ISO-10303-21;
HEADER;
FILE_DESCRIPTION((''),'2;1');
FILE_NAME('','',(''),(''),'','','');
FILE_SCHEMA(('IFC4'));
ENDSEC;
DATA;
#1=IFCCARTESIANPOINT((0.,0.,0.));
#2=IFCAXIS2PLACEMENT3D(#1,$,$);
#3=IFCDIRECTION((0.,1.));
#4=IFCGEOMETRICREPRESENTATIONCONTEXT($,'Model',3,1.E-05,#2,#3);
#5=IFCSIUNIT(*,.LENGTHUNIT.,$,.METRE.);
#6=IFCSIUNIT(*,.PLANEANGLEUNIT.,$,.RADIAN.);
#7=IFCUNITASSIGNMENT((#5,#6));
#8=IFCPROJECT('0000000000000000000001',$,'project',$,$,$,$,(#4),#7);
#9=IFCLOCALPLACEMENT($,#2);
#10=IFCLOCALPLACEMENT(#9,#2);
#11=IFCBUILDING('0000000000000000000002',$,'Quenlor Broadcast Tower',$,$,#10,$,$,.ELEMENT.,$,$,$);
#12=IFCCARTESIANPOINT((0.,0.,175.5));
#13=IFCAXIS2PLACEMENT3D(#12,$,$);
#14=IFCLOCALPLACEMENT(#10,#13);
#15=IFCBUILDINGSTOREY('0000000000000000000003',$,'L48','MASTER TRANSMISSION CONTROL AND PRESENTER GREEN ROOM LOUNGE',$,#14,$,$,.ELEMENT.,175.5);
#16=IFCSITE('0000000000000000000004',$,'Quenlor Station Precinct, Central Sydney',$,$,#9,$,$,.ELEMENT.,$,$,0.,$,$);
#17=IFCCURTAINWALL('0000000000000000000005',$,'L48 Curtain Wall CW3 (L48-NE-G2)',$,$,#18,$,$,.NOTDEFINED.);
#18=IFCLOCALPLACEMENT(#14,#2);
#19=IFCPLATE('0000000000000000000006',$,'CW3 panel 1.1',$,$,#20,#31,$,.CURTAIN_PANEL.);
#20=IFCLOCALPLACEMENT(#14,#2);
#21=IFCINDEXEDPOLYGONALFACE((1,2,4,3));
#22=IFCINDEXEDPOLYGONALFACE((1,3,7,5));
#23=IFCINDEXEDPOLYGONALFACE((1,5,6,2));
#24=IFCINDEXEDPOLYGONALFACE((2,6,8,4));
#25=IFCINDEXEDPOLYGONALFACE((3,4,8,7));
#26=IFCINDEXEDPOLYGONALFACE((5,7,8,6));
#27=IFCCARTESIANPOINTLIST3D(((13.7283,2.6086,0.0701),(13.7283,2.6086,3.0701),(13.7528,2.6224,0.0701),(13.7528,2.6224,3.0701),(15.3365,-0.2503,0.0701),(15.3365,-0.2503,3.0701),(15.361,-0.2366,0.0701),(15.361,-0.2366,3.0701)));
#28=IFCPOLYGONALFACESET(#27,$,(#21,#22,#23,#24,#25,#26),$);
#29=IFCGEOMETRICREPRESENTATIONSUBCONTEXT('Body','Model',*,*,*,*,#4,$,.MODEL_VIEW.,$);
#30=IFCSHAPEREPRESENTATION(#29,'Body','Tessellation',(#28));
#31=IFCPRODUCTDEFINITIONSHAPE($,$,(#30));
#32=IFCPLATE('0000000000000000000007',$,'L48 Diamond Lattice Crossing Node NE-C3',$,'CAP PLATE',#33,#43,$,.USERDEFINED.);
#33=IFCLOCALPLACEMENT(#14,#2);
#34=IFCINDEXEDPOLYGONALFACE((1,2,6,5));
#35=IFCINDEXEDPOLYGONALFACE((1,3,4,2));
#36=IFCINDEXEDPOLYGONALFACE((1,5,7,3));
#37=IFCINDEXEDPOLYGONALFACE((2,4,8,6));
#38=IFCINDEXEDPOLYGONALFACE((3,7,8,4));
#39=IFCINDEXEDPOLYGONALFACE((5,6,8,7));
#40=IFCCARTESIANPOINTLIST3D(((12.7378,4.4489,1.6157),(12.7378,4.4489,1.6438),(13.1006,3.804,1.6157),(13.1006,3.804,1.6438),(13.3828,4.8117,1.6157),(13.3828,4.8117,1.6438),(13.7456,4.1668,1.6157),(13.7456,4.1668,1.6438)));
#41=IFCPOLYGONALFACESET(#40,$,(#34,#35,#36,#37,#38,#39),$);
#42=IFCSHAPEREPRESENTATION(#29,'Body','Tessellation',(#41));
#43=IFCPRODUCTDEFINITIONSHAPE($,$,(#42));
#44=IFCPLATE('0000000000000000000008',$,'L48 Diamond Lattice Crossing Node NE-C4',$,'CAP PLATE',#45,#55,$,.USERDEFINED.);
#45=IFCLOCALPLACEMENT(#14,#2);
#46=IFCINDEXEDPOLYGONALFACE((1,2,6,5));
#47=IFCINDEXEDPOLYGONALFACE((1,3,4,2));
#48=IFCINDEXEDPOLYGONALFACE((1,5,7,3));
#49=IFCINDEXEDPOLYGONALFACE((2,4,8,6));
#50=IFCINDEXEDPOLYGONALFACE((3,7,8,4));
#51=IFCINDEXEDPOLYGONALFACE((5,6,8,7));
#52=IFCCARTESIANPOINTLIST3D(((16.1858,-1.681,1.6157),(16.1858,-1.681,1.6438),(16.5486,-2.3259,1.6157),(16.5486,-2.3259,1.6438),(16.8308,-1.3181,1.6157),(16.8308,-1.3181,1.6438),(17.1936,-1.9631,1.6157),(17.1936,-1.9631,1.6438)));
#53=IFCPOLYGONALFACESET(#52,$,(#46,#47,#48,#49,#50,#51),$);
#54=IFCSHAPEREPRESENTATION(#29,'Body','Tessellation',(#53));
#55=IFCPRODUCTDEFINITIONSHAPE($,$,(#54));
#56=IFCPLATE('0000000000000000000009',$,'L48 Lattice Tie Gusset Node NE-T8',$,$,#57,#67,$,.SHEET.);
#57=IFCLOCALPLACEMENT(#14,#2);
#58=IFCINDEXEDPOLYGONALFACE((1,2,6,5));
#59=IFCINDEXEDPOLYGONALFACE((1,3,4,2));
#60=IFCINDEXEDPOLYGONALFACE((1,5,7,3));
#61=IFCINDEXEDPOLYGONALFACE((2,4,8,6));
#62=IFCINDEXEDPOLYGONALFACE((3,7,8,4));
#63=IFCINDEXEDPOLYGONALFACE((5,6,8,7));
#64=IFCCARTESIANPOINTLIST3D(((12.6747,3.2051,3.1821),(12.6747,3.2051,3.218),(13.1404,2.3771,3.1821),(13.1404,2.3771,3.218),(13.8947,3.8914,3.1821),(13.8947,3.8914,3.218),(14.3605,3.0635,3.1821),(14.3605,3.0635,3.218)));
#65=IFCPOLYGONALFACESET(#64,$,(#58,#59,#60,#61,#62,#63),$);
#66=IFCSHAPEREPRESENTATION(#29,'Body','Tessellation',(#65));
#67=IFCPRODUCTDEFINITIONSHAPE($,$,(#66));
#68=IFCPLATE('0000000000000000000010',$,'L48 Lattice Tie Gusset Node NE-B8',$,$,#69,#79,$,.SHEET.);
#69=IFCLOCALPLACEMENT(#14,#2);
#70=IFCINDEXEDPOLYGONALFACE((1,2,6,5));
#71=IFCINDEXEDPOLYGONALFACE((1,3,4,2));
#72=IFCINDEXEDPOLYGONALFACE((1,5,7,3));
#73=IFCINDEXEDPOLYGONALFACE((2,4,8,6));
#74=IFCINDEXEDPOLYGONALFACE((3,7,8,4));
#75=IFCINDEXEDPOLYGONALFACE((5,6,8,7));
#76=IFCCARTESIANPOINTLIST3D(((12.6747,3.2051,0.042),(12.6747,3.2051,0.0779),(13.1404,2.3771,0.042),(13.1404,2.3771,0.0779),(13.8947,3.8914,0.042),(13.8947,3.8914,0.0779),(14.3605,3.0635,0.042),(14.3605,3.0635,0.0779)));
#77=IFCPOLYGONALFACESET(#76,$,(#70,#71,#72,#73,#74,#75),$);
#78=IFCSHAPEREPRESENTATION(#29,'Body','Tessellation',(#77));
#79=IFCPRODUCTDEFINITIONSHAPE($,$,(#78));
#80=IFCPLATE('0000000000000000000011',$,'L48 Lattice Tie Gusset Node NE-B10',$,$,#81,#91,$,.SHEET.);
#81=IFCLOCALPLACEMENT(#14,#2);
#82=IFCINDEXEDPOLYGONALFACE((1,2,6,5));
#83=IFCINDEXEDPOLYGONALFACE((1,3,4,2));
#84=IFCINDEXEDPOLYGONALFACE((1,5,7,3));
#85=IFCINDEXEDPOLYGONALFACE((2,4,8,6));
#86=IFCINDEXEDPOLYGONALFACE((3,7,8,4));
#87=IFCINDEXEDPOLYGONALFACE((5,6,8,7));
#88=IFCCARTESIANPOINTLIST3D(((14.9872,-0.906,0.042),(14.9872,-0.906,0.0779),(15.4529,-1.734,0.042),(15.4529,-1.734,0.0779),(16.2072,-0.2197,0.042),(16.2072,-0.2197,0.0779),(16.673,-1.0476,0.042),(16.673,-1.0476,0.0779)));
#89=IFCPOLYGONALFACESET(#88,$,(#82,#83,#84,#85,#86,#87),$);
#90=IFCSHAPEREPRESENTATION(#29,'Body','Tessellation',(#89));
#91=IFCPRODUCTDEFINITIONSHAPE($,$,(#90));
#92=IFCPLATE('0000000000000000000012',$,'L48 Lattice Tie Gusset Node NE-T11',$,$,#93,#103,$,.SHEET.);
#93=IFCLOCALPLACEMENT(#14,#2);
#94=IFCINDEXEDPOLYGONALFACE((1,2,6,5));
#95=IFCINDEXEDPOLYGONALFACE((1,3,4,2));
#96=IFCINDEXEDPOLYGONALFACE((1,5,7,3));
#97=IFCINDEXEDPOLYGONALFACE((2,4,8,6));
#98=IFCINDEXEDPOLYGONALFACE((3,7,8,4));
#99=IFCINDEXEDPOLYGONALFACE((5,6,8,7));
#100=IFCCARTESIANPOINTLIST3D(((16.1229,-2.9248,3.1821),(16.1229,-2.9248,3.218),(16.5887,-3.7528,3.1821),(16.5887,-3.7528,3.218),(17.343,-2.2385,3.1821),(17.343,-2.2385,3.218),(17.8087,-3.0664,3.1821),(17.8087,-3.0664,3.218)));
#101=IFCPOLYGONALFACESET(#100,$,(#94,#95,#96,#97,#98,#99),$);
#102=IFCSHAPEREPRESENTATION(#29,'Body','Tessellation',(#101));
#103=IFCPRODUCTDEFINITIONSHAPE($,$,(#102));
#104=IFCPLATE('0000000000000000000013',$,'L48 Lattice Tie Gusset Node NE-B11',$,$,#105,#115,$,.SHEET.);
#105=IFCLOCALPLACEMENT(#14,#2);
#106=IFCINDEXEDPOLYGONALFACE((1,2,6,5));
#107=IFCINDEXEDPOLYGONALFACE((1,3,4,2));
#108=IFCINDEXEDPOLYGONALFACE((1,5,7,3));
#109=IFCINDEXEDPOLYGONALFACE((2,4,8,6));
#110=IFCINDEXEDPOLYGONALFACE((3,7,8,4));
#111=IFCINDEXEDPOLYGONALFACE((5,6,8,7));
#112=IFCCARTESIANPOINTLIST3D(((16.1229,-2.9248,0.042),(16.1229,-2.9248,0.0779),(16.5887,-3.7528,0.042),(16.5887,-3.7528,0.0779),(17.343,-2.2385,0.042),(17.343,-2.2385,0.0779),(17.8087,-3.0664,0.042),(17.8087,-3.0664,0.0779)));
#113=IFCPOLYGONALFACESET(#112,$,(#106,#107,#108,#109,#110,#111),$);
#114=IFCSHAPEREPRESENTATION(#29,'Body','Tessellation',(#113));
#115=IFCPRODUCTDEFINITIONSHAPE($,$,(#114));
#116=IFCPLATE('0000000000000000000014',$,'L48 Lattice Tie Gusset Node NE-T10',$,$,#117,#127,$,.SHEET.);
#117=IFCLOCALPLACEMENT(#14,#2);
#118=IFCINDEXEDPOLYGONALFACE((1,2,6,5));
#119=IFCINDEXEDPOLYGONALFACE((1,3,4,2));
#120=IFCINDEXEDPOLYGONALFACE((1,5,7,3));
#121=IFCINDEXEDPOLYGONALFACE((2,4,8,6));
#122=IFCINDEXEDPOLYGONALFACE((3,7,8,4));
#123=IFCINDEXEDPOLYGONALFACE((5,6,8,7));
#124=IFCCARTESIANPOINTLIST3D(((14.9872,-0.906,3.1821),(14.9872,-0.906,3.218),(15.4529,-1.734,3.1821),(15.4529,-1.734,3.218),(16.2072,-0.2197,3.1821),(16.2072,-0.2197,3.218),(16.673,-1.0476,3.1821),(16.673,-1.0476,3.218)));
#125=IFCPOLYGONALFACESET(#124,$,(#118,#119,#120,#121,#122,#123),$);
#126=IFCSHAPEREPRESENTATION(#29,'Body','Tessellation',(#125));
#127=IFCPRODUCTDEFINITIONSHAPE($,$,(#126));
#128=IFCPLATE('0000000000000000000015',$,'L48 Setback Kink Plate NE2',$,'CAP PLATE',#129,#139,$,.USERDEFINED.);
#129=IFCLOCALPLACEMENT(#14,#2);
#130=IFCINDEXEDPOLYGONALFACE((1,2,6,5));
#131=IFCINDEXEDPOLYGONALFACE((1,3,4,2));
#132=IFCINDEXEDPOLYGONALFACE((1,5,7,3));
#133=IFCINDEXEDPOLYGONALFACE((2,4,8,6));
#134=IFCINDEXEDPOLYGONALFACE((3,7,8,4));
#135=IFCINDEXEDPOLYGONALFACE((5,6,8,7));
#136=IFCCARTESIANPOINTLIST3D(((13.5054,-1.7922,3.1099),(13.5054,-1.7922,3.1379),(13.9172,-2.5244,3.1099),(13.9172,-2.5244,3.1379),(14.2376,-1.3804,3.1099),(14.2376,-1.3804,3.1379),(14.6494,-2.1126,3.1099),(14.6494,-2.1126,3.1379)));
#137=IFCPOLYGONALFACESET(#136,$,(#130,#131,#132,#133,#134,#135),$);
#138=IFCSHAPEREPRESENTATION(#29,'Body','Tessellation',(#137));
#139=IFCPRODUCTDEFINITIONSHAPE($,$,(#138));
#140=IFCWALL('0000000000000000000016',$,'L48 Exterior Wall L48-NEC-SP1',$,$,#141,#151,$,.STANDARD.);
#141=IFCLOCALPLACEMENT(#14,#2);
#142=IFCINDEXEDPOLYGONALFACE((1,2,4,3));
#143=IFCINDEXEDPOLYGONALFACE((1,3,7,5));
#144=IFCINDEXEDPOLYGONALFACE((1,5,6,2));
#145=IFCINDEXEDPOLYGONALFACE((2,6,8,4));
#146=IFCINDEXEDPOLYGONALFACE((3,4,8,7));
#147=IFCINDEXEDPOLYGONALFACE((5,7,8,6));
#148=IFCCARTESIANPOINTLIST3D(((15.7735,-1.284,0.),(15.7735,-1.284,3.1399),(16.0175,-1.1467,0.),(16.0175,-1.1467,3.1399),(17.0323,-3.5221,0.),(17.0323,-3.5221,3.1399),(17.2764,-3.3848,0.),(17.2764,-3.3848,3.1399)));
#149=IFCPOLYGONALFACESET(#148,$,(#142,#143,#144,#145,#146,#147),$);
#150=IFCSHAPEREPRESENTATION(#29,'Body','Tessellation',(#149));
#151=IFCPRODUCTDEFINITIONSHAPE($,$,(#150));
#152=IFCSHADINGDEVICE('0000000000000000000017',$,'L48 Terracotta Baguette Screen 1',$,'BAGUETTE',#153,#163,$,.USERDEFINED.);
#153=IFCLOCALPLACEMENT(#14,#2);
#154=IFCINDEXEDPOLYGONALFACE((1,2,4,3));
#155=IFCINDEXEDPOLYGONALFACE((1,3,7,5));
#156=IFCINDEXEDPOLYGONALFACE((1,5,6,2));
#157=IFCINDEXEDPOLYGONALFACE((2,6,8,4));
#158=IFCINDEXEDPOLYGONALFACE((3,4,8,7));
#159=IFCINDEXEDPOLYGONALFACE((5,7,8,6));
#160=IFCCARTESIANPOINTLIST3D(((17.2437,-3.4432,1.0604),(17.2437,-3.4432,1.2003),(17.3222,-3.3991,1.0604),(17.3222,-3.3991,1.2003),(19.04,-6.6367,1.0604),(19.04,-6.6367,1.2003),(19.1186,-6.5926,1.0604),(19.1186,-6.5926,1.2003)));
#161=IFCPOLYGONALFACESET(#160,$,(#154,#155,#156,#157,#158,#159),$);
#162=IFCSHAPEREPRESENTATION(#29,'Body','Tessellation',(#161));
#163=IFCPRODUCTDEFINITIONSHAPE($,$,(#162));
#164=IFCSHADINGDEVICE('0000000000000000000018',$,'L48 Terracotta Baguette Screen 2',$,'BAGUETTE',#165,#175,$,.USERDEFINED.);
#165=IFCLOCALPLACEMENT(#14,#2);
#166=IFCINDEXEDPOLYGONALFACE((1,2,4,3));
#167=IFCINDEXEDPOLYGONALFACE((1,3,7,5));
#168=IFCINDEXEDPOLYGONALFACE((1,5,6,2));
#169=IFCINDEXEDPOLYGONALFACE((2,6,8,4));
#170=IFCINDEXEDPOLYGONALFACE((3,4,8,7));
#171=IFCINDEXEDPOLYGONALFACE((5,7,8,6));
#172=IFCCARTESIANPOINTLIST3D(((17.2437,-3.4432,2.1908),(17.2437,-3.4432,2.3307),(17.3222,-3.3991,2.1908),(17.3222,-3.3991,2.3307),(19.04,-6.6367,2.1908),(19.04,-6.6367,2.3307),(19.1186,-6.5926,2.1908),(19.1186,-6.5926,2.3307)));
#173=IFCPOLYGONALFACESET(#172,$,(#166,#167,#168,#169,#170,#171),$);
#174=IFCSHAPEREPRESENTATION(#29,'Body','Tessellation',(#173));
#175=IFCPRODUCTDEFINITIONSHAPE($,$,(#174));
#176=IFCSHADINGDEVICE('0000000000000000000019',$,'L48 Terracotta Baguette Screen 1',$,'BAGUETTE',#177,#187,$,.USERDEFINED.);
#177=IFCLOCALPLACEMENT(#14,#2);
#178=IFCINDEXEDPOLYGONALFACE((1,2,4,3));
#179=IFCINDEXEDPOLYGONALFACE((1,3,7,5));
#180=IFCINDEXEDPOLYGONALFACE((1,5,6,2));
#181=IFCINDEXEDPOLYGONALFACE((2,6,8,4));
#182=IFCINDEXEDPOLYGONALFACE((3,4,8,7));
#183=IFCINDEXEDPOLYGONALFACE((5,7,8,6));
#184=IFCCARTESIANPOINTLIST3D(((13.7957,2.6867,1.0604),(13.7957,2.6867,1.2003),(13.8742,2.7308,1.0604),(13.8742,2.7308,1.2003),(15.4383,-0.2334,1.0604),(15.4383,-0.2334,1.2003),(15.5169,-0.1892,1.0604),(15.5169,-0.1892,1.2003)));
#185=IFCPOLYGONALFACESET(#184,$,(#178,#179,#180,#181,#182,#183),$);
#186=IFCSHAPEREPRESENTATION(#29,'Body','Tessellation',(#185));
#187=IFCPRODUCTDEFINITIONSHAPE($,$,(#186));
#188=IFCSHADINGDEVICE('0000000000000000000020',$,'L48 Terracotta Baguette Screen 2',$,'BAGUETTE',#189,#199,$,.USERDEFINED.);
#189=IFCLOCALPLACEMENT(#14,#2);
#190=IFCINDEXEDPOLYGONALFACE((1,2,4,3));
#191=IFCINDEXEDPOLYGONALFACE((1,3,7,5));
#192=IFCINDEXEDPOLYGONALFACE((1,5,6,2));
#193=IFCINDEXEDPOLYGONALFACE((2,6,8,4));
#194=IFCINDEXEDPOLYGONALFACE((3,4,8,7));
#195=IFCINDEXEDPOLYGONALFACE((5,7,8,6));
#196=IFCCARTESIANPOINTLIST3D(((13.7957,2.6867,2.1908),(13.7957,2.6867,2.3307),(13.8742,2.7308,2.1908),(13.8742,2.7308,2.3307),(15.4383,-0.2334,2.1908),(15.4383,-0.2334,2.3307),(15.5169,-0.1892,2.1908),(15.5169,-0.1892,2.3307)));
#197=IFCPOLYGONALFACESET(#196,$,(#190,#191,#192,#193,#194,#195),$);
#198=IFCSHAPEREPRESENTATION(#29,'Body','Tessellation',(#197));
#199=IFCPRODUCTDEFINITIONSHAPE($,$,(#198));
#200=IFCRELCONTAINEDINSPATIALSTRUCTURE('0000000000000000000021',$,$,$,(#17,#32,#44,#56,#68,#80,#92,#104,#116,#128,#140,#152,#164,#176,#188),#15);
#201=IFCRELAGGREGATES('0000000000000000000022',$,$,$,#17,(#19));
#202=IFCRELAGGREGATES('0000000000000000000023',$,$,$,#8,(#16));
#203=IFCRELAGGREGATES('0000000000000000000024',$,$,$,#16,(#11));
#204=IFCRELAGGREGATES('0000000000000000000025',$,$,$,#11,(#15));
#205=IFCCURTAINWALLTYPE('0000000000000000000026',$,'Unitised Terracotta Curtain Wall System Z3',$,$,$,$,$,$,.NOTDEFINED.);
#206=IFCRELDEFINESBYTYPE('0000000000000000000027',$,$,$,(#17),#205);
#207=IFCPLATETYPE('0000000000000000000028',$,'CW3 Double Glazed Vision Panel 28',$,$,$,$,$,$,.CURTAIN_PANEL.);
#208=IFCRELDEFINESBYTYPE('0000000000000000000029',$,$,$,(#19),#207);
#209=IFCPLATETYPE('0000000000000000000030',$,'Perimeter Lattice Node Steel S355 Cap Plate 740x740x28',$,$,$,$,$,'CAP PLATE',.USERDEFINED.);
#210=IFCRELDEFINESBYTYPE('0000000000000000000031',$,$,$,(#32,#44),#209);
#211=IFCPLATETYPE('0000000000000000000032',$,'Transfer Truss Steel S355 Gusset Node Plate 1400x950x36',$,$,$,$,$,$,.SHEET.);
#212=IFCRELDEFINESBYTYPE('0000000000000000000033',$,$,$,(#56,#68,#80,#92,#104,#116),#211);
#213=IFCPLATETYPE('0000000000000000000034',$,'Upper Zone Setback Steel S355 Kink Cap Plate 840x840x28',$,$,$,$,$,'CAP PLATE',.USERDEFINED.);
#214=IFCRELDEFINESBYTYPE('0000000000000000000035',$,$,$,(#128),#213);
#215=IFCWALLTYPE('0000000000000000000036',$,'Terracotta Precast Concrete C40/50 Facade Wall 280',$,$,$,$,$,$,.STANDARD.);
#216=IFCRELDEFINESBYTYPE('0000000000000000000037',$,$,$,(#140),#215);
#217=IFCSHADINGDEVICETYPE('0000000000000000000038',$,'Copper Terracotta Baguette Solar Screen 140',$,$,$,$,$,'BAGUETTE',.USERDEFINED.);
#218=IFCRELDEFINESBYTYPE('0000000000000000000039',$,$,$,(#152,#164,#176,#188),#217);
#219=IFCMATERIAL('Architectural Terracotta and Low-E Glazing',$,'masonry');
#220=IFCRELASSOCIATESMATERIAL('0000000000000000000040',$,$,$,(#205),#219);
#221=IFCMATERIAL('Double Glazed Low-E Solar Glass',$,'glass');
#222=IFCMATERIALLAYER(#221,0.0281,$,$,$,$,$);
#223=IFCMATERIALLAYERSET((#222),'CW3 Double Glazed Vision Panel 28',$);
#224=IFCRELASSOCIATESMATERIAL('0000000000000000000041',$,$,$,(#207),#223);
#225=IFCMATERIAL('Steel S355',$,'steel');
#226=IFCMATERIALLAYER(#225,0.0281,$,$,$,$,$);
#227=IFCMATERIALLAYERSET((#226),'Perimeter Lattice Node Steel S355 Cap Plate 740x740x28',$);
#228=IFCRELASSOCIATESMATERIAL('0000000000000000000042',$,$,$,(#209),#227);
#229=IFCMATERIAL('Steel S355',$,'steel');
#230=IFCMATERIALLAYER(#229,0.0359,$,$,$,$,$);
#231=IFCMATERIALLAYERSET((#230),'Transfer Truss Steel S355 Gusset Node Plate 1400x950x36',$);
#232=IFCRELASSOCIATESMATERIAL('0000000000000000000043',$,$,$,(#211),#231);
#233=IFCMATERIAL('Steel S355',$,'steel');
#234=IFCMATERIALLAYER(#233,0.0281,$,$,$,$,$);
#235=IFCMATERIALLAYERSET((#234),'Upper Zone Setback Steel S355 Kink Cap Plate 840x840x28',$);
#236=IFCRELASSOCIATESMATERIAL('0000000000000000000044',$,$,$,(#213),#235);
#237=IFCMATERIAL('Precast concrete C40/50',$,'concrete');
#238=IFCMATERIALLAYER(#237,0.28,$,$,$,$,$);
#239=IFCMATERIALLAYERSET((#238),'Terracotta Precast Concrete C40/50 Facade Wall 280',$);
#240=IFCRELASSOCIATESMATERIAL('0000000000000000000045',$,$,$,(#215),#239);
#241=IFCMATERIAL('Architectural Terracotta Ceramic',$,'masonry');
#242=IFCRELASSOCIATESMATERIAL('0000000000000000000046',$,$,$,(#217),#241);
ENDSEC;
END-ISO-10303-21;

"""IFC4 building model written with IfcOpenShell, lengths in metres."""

from ifc_helpers import new_model, si_unit, direction, frame, frame_2d, origin, origin_2d, place, context, subcontext, project, spatial, rectangle, extrude, material, layer, layer_set, material_profile, profile_set, type_object, element, aggregate, save


model = new_model("IFC4")

# Units and contexts
model_context = context("Model", 3, precision=1e-05, world=origin(), true_north=direction((0.0, 1.0)))
body_context = subcontext(model_context, "Body", "Model", "MODEL_VIEW")
ifc_project = project(units=[si_unit("LENGTHUNIT", "METRE"), si_unit("PLANEANGLEUNIT", "RADIAN")], contexts=[model_context])

# Site, building, storey
site_placement = place(None, origin())
site = spatial("IfcSite", under=ifc_project, at=site_placement, Name="Quenlor Station Precinct, Central Sydney", CompositionType="ELEMENT", RefElevation=0.0)
building_placement = place(site_placement, origin())
building = spatial("IfcBuilding", under=site, at=building_placement, Name="Quenlor Broadcast Tower", CompositionType="ELEMENT")
storey_placement = place(building_placement, frame((0.0, 0.0, 175.5)))
storey = spatial("IfcBuildingStorey", under=building, at=storey_placement, Name="L48", Description="MASTER TRANSMISSION CONTROL AND PRESENTER GREEN ROOM LOUNGE", CompositionType="ELEMENT", Elevation=175.5)

# Curtain wall
ifc_material_1 = material(Name="Architectural Terracotta and Low-E Glazing", Category="masonry")
curtain_wall_type = type_object("IfcCurtainWallType", Name="Unitised Terracotta Curtain Wall System Z3", PredefinedType="NOTDEFINED", material=ifc_material_1)
curtain_wall_placement = place(storey_placement, origin())
curtain_wall = element("IfcCurtainWall", 1, at=curtain_wall_placement, inside=storey, type_object=curtain_wall_type, Name="L48 Curtain Wall CW3 (L48-NE-G2)", PredefinedType="NOTDEFINED")

# Plate
ifc_material_2 = material(Name="Double Glazed Low-E Solar Glass", Category="glass")
ifc_layer_1 = layer(ifc_material_2, 0.0281)
ifc_layer_set_1 = layer_set([ifc_layer_1], Name="CW3 Double Glazed Vision Panel 28")
plate_type_1 = type_object("IfcPlateType", Name="CW3 Double Glazed Vision Panel 28", PredefinedType="CURTAIN_PANEL", material=ifc_layer_set_1)
plate_1_placement = place(storey_placement, frame((14.5447, 1.186, 0.0701), z_axis=(0.0, 0.0, 1.0), x_axis=(0.490268, -0.871572, 0.0)))
plate_1 = element("IfcPlate", 2, at=plate_1_placement, type_object=plate_type_1, Name="CW3 panel 1.1", PredefinedType="CURTAIN_PANEL", context=body_context, shape_type="SweptSolid", body=[
    extrude(rectangle(XDim=3.2803, YDim=0.0281, at=origin_2d()), origin(), (0.0, 0.0, 1.0), 3.0),
])
aggregate(curtain_wall, [plate_1])

# Plates
ifc_material_3 = material(Name="Steel S355", Category="steel")
ifc_layer_2 = layer(ifc_material_3, 0.0281)
ifc_layer_set_2 = layer_set([ifc_layer_2], Name="Perimeter Lattice Node Steel S355 Cap Plate 740x740x28")
plate_type_2 = type_object("IfcPlateType", Name="Perimeter Lattice Node Steel S355 Cap Plate 740x740x28", ElementType="CAP PLATE", PredefinedType="USERDEFINED", material=ifc_layer_set_2)
for number, where, z_axis, x_axis, name in (
    (3, (13.2417, 4.3079, 1.6157), (0.0, 0.0, 1.0), (0.490295, -0.871556, 0.0), "L48 Diamond Lattice Crossing Node NE-C3"),
    (4, (16.6897, -1.822, 1.6157), (0.0, 0.0, 1.0), (0.490295, -0.871556, 0.0), "L48 Diamond Lattice Crossing Node NE-C4"),
):
    element("IfcPlate", number, at=place(storey_placement, frame(where, z_axis=z_axis, x_axis=x_axis)), inside=storey, type_object=plate_type_2, Name=name, ObjectType="CAP PLATE", PredefinedType="USERDEFINED", context=body_context, shape_type="SweptSolid", body=[
        extrude(rectangle(XDim=0.74, YDim=0.74, at=origin_2d()), origin(), (0.0, 0.0, 1.0), 0.0281),
    ])
ifc_material_4 = material(Name="Steel S355", Category="steel")
ifc_layer_3 = layer(ifc_material_4, 0.0359)
ifc_layer_set_3 = layer_set([ifc_layer_3], Name="Transfer Truss Steel S355 Gusset Node Plate 1400x950x36")
plate_type_3 = type_object("IfcPlateType", Name="Transfer Truss Steel S355 Gusset Node Plate 1400x950x36", PredefinedType="SHEET", material=ifc_layer_set_3)
for number, where, z_axis, x_axis, name in (
    (5, (13.5176, 3.1343, 3.1821), (0.0, 0.0, 1.0), (0.871556, 0.490295, 0.0), "L48 Lattice Tie Gusset Node NE-T8"),
    (6, (13.5176, 3.1343, 0.042), (0.0, 0.0, 1.0), (0.871556, 0.490295, 0.0), "L48 Lattice Tie Gusset Node NE-B8"),
    (7, (15.8301, -0.9768, 0.042), (0.0, 0.0, 1.0), (0.871556, 0.490295, 0.0), "L48 Lattice Tie Gusset Node NE-B10"),
    (8, (16.9658, -2.9956, 3.1821), (0.0, 0.0, 1.0), (0.871556, 0.490295, 0.0), "L48 Lattice Tie Gusset Node NE-T11"),
    (9, (16.9658, -2.9956, 0.042), (0.0, 0.0, 1.0), (0.871556, 0.490295, 0.0), "L48 Lattice Tie Gusset Node NE-B11"),
    (10, (15.8301, -0.9768, 3.1821), (0.0, 0.0, 1.0), (0.871556, 0.490295, 0.0), "L48 Lattice Tie Gusset Node NE-T10"),
):
    element("IfcPlate", number, at=place(storey_placement, frame(where, z_axis=z_axis, x_axis=x_axis)), inside=storey, type_object=plate_type_3, Name=name, PredefinedType="SHEET", context=body_context, shape_type="SweptSolid", body=[
        extrude(rectangle(XDim=1.3999, YDim=0.95, at=origin_2d()), origin(), (0.0, 0.0, 1.0), 0.0359),
    ])
ifc_material_5 = material(Name="Steel S355", Category="steel")
ifc_layer_4 = layer(ifc_material_5, 0.0281)
ifc_layer_set_4 = layer_set([ifc_layer_4], Name="Upper Zone Setback Steel S355 Kink Cap Plate 840x840x28")
plate_type_4 = type_object("IfcPlateType", Name="Upper Zone Setback Steel S355 Kink Cap Plate 840x840x28", ElementType="CAP PLATE", PredefinedType="USERDEFINED", material=ifc_layer_set_4)
plate_2_placement = place(storey_placement, frame((14.0774, -1.9524, 3.1099), z_axis=(0.0, 0.0, 1.0), x_axis=(0.871575, 0.490262, 0.0)))
element("IfcPlate", 11, at=plate_2_placement, inside=storey, type_object=plate_type_4, Name="L48 Setback Kink Plate NE2", ObjectType="CAP PLATE", PredefinedType="USERDEFINED", context=body_context, shape_type="SweptSolid", body=[
    extrude(rectangle(XDim=0.8401, YDim=0.8401, at=origin_2d()), origin(), (0.0, 0.0, 1.0), 0.0281),
])

# Wall
ifc_material_6 = material(Name="Precast concrete C40/50", Category="concrete")
ifc_layer_5 = layer(ifc_material_6, 0.28)
ifc_layer_set_5 = layer_set([ifc_layer_5], Name="Terracotta Precast Concrete C40/50 Facade Wall 280")
wall_type = type_object("IfcWallType", Name="Terracotta Precast Concrete C40/50 Facade Wall 280", PredefinedType="STANDARD", material=ifc_layer_set_5)
wall_placement = place(storey_placement, frame((15.8955, -1.2153, 0.0), z_axis=(0.0, 0.0, 1.0), x_axis=(0.49023, -0.871593, 0.0)))
element("IfcWall", 12, at=wall_placement, inside=storey, type_object=wall_type, Name="L48 Exterior Wall L48-NEC-SP1", PredefinedType="STANDARD", context=body_context, shape_type="SweptSolid", body=[
    extrude(rectangle(XDim=2.5679, YDim=0.28, at=frame_2d((1.2839, 0.0))), origin(), (0.0, 0.0, 1.0), 3.1399),
])

# Shading devices
ifc_material_7 = material(Name="Architectural Terracotta Ceramic", Category="masonry")
ifc_material_profile_1 = material_profile(ifc_material_7, rectangle(XDim=0.0901, YDim=0.1399, at=origin_2d()))
ifc_profile_set_1 = profile_set([ifc_material_profile_1], Name="Architectural Terracotta Ceramic BAG90x140")
shading_device_type = type_object("IfcShadingDeviceType", Name="Copper Terracotta Baguette Solar Screen 140", ElementType="BAGUETTE", PredefinedType="USERDEFINED", material=ifc_profile_set_1)
for number, where, z_axis, x_axis, name in (
    (13, (17.283, -3.4211, 1.1304), (0.490258, -0.871577, 0.0), (0.871577, 0.490258, 0.0), "L48 Terracotta Baguette Screen 1"),
    (14, (17.283, -3.4211, 2.2607), (0.490258, -0.871577, 0.0), (0.871577, 0.490258, 0.0), "L48 Terracotta Baguette Screen 2"),
):
    element("IfcShadingDevice", number, at=place(storey_placement, frame(where, z_axis=z_axis, x_axis=x_axis)), inside=storey, type_object=shading_device_type, Name=name, ObjectType="BAGUETTE", PredefinedType="USERDEFINED", context=body_context, shape_type="SweptSolid", body=[
        extrude(rectangle(XDim=0.0901, YDim=0.1399, at=origin_2d()), origin(), (0.0, 0.0, 1.0), 3.6641),
    ])
for number, where, z_axis, x_axis, name in (
    (15, (13.835, 2.7087, 1.1304), (0.490289, -0.87156, 0.0), (0.87156, 0.490289, 0.0), "L48 Terracotta Baguette Screen 1"),
    (16, (13.835, 2.7087, 2.2607), (0.490289, -0.87156, 0.0), (0.87156, 0.490289, 0.0), "L48 Terracotta Baguette Screen 2"),
):
    element("IfcShadingDevice", number, at=place(storey_placement, frame(where, z_axis=z_axis, x_axis=x_axis)), inside=storey, type_object=shading_device_type, Name=name, ObjectType="BAGUETTE", PredefinedType="USERDEFINED", context=body_context, shape_type="SweptSolid", body=[
        extrude(rectangle(XDim=0.0901, YDim=0.1399, at=origin_2d()), origin(), (0.0, 0.0, 1.0), 3.3503),
    ])

save(model, "model.ifc")
